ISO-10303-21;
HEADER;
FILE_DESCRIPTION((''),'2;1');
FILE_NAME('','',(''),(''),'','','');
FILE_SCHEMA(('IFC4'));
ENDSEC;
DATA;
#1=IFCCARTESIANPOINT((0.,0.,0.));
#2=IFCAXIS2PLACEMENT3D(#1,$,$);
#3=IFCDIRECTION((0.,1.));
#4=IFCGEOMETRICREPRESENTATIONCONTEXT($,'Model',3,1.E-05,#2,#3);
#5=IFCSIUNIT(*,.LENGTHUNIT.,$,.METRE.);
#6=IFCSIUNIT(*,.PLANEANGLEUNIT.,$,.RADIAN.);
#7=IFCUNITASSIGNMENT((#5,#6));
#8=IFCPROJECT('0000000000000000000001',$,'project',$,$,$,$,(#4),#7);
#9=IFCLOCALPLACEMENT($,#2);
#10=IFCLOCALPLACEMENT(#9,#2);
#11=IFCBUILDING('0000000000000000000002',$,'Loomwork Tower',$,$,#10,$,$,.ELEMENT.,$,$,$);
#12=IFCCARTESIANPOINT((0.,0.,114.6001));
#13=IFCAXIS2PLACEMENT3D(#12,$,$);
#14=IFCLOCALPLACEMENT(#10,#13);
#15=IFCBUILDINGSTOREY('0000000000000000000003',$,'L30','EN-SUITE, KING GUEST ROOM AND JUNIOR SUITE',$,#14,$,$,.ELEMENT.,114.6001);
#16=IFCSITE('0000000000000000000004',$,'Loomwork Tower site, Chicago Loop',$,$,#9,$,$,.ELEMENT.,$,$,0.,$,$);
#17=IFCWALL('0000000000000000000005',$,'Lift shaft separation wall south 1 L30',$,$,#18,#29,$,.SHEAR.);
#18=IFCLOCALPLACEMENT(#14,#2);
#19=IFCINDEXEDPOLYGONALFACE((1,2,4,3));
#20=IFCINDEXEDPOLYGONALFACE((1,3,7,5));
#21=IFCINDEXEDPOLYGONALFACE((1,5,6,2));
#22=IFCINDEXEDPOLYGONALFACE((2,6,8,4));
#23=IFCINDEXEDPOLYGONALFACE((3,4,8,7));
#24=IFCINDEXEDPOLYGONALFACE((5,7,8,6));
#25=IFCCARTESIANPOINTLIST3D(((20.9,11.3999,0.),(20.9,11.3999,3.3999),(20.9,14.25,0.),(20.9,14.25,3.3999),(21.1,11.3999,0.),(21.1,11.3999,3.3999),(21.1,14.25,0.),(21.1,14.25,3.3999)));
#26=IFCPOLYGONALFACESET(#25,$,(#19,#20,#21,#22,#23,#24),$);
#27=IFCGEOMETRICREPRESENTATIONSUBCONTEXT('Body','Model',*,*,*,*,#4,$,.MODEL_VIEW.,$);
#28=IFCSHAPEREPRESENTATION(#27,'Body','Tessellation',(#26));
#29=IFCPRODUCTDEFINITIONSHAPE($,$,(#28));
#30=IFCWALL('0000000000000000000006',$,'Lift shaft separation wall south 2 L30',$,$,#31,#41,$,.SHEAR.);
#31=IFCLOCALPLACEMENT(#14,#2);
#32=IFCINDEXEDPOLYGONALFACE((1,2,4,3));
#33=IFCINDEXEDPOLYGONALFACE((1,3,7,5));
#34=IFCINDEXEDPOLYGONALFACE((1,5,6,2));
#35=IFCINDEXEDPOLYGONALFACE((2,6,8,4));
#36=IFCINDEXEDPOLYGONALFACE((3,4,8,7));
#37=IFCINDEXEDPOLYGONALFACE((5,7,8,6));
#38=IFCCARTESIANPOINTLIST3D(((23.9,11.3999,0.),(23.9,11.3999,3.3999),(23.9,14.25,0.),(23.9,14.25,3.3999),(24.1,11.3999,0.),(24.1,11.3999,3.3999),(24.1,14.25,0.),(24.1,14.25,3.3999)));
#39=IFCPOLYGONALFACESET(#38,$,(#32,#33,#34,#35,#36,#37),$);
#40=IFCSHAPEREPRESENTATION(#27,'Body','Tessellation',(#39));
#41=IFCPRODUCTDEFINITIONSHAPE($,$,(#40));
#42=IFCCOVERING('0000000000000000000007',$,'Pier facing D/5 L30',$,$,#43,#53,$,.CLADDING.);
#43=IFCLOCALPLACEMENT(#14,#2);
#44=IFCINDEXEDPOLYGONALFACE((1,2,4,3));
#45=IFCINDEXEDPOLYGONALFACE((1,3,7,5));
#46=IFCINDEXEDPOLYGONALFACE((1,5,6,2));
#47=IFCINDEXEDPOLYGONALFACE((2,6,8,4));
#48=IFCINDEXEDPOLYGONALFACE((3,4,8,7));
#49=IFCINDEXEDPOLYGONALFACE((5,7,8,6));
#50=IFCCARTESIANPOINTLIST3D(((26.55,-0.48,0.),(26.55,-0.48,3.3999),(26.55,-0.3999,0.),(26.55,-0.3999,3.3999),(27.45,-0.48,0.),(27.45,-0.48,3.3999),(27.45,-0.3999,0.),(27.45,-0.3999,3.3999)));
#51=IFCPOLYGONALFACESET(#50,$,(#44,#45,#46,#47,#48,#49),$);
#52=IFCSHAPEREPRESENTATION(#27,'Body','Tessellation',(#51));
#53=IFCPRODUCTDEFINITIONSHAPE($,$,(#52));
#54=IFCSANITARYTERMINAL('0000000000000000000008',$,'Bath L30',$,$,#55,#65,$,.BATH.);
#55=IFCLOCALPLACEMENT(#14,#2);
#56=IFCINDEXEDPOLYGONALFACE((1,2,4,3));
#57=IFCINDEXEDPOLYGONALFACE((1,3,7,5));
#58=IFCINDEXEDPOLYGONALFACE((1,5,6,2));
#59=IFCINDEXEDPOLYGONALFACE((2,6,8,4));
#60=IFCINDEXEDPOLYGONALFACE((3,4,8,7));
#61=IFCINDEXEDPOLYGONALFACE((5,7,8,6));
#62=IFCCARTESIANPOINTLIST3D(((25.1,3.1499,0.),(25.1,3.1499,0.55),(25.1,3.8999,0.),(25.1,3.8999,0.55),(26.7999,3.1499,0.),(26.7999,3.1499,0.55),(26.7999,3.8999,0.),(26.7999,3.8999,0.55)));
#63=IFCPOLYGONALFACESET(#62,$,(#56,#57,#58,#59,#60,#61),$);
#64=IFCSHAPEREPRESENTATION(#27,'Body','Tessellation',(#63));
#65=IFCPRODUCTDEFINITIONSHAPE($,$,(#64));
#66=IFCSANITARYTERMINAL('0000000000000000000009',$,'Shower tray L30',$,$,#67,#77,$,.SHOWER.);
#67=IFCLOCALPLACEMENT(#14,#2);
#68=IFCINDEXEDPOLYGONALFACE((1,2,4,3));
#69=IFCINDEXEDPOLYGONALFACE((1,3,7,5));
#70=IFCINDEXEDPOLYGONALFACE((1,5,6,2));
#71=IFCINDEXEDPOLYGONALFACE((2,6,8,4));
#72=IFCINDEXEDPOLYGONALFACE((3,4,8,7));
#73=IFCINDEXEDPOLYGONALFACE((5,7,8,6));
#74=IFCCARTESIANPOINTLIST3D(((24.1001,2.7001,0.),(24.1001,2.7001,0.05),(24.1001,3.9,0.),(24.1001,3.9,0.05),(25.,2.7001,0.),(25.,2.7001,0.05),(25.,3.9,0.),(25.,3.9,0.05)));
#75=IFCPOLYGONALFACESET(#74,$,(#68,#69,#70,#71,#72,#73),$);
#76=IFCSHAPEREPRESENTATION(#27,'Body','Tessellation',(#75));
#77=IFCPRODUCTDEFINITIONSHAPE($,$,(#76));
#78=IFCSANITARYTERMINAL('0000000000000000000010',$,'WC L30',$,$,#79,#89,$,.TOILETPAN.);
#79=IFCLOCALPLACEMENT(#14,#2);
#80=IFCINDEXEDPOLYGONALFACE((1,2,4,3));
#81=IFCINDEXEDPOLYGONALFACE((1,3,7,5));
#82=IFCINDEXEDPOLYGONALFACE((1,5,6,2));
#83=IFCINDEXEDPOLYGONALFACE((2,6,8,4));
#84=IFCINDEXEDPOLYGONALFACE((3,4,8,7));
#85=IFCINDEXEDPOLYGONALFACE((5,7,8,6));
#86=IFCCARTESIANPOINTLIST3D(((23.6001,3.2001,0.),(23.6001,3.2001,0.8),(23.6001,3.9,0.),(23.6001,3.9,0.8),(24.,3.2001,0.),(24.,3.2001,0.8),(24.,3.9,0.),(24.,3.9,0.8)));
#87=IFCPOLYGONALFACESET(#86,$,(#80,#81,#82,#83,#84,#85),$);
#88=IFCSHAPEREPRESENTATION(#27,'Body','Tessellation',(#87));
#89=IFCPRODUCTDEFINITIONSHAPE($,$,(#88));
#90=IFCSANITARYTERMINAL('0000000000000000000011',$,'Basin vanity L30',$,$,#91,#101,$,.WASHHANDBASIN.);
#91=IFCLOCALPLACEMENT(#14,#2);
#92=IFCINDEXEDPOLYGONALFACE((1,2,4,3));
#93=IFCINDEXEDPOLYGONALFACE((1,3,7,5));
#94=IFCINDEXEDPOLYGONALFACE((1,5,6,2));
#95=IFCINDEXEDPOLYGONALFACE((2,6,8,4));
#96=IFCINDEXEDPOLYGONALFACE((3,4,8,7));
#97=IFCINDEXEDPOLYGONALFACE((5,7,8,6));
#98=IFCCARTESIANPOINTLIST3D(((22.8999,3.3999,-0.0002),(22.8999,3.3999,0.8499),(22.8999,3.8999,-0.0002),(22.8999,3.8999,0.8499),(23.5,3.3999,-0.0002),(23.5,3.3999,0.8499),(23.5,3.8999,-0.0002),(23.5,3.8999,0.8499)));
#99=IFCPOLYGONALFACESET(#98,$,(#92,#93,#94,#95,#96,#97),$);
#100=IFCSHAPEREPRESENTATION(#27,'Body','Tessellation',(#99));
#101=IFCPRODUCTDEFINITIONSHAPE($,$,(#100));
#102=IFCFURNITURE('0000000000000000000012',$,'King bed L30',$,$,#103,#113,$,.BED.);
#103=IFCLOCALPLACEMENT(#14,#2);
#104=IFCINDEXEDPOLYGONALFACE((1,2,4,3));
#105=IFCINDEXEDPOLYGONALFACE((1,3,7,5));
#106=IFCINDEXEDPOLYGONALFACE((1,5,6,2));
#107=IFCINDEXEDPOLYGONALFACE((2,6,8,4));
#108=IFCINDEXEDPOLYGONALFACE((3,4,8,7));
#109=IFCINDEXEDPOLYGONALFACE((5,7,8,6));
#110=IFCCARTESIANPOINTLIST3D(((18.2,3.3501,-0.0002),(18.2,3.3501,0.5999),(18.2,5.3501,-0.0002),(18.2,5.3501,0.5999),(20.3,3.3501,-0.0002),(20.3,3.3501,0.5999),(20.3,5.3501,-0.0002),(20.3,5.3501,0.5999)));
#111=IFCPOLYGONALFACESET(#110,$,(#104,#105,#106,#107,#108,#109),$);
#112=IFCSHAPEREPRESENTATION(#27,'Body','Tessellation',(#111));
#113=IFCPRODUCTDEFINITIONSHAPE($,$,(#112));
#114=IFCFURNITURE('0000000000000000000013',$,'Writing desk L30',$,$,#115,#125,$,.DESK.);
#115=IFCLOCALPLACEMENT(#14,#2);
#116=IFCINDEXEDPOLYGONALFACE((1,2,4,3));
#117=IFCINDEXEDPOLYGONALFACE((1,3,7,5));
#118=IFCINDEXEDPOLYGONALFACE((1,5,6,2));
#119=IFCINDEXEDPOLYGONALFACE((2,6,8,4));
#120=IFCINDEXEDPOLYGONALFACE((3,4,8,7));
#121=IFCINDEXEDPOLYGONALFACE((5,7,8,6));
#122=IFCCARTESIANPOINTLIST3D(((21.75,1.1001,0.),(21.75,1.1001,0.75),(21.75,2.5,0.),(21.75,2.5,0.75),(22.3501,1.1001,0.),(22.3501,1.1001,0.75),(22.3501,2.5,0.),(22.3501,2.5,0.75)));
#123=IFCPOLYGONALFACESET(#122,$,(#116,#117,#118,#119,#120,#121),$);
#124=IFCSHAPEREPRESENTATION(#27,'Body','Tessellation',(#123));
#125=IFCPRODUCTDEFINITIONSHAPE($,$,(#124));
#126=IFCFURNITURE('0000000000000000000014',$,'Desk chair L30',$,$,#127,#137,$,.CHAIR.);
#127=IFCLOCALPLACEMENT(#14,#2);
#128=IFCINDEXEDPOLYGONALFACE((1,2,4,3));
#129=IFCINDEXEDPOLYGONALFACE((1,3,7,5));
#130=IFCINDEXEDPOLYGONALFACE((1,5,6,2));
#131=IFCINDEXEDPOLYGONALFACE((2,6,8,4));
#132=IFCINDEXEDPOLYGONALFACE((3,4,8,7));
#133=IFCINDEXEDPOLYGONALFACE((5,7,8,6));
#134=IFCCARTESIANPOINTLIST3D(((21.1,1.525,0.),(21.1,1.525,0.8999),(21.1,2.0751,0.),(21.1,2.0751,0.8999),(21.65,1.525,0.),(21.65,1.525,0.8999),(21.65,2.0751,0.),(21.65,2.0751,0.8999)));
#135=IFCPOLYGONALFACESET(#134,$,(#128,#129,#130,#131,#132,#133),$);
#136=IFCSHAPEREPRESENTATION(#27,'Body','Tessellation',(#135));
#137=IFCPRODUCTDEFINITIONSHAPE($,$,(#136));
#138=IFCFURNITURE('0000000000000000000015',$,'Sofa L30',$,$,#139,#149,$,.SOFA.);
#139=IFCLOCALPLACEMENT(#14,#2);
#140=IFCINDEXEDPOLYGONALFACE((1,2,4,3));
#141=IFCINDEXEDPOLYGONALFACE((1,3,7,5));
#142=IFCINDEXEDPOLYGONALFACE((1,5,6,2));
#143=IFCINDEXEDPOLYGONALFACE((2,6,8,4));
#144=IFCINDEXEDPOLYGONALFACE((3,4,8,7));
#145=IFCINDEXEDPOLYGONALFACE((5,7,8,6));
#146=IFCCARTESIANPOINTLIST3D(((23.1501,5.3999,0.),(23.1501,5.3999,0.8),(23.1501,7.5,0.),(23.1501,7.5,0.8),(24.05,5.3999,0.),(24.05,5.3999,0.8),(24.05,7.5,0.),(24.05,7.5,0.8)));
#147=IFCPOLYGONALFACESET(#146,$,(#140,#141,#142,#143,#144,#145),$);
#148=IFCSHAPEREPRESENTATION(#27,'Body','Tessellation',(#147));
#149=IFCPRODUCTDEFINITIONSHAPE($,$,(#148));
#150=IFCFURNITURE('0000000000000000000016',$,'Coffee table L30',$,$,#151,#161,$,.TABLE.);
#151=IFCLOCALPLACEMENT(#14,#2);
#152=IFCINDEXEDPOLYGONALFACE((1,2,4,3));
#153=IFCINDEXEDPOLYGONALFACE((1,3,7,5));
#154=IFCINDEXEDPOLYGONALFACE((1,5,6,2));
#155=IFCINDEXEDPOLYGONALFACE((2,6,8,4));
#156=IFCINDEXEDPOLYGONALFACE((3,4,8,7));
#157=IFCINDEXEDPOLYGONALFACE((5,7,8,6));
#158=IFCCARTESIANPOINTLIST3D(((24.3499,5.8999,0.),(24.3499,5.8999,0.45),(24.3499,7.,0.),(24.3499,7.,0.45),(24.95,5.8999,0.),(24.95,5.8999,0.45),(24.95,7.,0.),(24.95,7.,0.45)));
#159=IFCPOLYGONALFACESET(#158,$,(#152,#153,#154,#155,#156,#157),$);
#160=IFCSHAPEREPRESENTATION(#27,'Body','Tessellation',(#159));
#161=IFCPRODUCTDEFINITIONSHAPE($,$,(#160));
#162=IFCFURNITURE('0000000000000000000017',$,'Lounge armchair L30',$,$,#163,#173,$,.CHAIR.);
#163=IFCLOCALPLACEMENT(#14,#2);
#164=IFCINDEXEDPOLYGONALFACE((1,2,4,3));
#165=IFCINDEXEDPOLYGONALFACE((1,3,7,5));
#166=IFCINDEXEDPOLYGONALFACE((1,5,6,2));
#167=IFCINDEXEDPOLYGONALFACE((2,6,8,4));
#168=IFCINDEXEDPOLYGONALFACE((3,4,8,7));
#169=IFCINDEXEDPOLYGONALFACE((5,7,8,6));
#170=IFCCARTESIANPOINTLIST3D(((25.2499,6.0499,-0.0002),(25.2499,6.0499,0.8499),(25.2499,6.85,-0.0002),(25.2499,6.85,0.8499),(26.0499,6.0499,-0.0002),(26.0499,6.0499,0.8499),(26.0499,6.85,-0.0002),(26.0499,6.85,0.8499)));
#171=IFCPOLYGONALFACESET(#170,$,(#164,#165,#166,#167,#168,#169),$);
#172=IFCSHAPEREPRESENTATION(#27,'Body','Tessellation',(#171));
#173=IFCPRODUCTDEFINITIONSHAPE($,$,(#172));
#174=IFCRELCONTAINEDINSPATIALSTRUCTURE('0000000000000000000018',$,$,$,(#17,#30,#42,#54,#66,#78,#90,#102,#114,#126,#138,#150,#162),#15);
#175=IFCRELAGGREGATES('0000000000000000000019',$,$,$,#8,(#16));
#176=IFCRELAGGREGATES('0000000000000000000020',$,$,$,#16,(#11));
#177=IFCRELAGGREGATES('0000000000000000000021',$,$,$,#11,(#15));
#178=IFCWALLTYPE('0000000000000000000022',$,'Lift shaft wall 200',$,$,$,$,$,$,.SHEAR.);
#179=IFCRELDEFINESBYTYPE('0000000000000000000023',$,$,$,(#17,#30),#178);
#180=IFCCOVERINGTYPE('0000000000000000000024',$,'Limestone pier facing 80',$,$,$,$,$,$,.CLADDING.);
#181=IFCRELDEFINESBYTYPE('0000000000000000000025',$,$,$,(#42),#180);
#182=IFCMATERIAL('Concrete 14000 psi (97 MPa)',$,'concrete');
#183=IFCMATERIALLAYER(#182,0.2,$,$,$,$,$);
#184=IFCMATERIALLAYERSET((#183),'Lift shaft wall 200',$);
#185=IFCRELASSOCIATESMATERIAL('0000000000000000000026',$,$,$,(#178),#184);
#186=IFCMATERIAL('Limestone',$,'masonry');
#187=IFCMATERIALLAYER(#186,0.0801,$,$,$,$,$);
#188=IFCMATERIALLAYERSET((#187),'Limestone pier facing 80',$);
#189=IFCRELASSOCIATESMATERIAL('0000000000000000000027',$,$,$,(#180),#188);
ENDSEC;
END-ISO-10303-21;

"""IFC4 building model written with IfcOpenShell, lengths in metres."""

from ifc_helpers import new_model, si_unit, direction, frame, frame_2d, origin, origin_2d, place, context, subcontext, project, spatial, rectangle, extrude, material, layer, layer_set, type_object, element, save


model = new_model("IFC4")

# Units and contexts
model_context = context("Model", 3, precision=1e-05, world=origin(), true_north=direction((0.0, 1.0)))
body_context = subcontext(model_context, "Body", "Model", "MODEL_VIEW")
ifc_project = project(units=[si_unit("LENGTHUNIT", "METRE"), si_unit("PLANEANGLEUNIT", "RADIAN")], contexts=[model_context])

# Site, building, storey
site_placement = place(None, origin())
site = spatial("IfcSite", under=ifc_project, at=site_placement, Name="Loomwork Tower site, Chicago Loop", CompositionType="ELEMENT", RefElevation=0.0)
building_placement = place(site_placement, origin())
building = spatial("IfcBuilding", under=site, at=building_placement, Name="Loomwork Tower", CompositionType="ELEMENT")
storey_placement = place(building_placement, frame((0.0, 0.0, 114.6001)))
storey = spatial("IfcBuildingStorey", under=building, at=storey_placement, Name="L30", Description="EN-SUITE, KING GUEST ROOM AND JUNIOR SUITE", CompositionType="ELEMENT", Elevation=114.6001)

# Walls
ifc_material_1 = material(Name="Concrete 14000 psi (97 MPa)", Category="concrete")
ifc_layer_1 = layer(ifc_material_1, 0.2)
ifc_layer_set_1 = layer_set([ifc_layer_1], Name="Lift shaft wall 200")
wall_type_1 = type_object("IfcWallType", Name="Lift shaft wall 200", PredefinedType="SHEAR", material=ifc_layer_set_1)
for number, where, z_axis, x_axis, name in (
    (1, (21.0, 11.3999, 0.0), (0.0, 0.0, 1.0), (0.0, 1.0, 0.0), "Lift shaft separation wall south 1 L30"),
    (2, (24.0, 11.3999, 0.0), (0.0, 0.0, 1.0), (0.0, 1.0, 0.0), "Lift shaft separation wall south 2 L30"),
):
    element("IfcWall", number, at=place(storey_placement, frame(where, z_axis=z_axis, x_axis=x_axis)), inside=storey, type_object=wall_type_1, Name=name, PredefinedType="SHEAR", context=body_context, shape_type="SweptSolid", body=[
        extrude(rectangle(XDim=2.8501, YDim=0.2, at=frame_2d((1.425, 0.0))), origin(), (0.0, 0.0, 1.0), 3.3999),
    ])

# Covering
ifc_material_2 = material(Name="Limestone", Category="masonry")
ifc_layer_2 = layer(ifc_material_2, 0.0801)
ifc_layer_set_2 = layer_set([ifc_layer_2], Name="Limestone pier facing 80")
covering_type = type_object("IfcCoveringType", Name="Limestone pier facing 80", PredefinedType="CLADDING", material=ifc_layer_set_2)
covering_placement = place(storey_placement, frame((27.0, -0.4399, 0.0), z_axis=(0.0, 0.0, 1.0), x_axis=(1.0, 0.0, 0.0)))
element("IfcCovering", 3, at=covering_placement, inside=storey, type_object=covering_type, Name="Pier facing D/5 L30", PredefinedType="CLADDING", context=body_context, shape_type="SweptSolid", body=[
    extrude(rectangle(XDim=0.8999, YDim=0.0801, at=origin_2d()), origin(), (0.0, 0.0, 1.0), 3.3999),
])

# Sanitary terminals
sanitary_terminal_1_placement = place(storey_placement, frame((25.95, 3.5249, 0.0), z_axis=(0.0, 0.0, 1.0), x_axis=(1.0, 0.0, 0.0)))
element("IfcSanitaryTerminal", 4, at=sanitary_terminal_1_placement, inside=storey, Name="Bath L30", PredefinedType="BATH", context=body_context, shape_type="SweptSolid", body=[
    extrude(rectangle(XDim=1.7, YDim=0.75, at=origin_2d()), origin(), (0.0, 0.0, 1.0), 0.55),
])
sanitary_terminal_2_placement = place(storey_placement, frame((24.55, 3.3, 0.0), z_axis=(0.0, 0.0, 1.0), x_axis=(1.0, 0.0, 0.0)))
element("IfcSanitaryTerminal", 5, at=sanitary_terminal_2_placement, inside=storey, Name="Shower tray L30", PredefinedType="SHOWER", context=body_context, shape_type="SweptSolid", body=[
    extrude(rectangle(XDim=0.8999, YDim=1.2, at=origin_2d()), origin(), (0.0, 0.0, 1.0), 0.05),
])
sanitary_terminal_3_placement = place(storey_placement, frame((23.8, 3.55, 0.0), z_axis=(0.0, 0.0, 1.0), x_axis=(1.0, 0.0, 0.0)))
element("IfcSanitaryTerminal", 6, at=sanitary_terminal_3_placement, inside=storey, Name="WC L30", PredefinedType="TOILETPAN", context=body_context, shape_type="SweptSolid", body=[
    extrude(rectangle(XDim=0.3999, YDim=0.7, at=origin_2d()), origin(), (0.0, 0.0, 1.0), 0.8),
])
sanitary_terminal_4_placement = place(storey_placement, frame((23.2, 3.6499, -0.0002), z_axis=(0.0, 0.0, 1.0), x_axis=(1.0, 0.0, 0.0)))
element("IfcSanitaryTerminal", 7, at=sanitary_terminal_4_placement, inside=storey, Name="Basin vanity L30", PredefinedType="WASHHANDBASIN", context=body_context, shape_type="SweptSolid", body=[
    extrude(rectangle(XDim=0.6001, YDim=0.5, at=origin_2d()), origin(), (0.0, 0.0, 1.0), 0.8501),
])

# Furniture
furniture_1_placement = place(storey_placement, frame((19.25, 4.3501, -0.0002), z_axis=(0.0, 0.0, 1.0), x_axis=(1.0, 0.0, 0.0)))
element("IfcFurniture", 8, at=furniture_1_placement, inside=storey, Name="King bed L30", PredefinedType="BED", context=body_context, shape_type="SweptSolid", body=[
    extrude(rectangle(XDim=2.1001, YDim=2.0, at=origin_2d()), origin(), (0.0, 0.0, 1.0), 0.6001),
])
furniture_2_placement = place(storey_placement, frame((22.05, 1.8, 0.0), z_axis=(0.0, 0.0, 1.0), x_axis=(1.0, 0.0, 0.0)))
element("IfcFurniture", 9, at=furniture_2_placement, inside=storey, Name="Writing desk L30", PredefinedType="DESK", context=body_context, shape_type="SweptSolid", body=[
    extrude(rectangle(XDim=0.6001, YDim=1.3999, at=origin_2d()), origin(), (0.0, 0.0, 1.0), 0.75),
])
furniture_3_placement = place(storey_placement, frame((21.375, 1.8, 0.0), z_axis=(0.0, 0.0, 1.0), x_axis=(1.0, 0.0, 0.0)))
element("IfcFurniture", 10, at=furniture_3_placement, inside=storey, Name="Desk chair L30", PredefinedType="CHAIR", context=body_context, shape_type="SweptSolid", body=[
    extrude(rectangle(XDim=0.55, YDim=0.55, at=origin_2d()), origin(), (0.0, 0.0, 1.0), 0.8999),
])
furniture_4_placement = place(storey_placement, frame((23.6001, 6.45, 0.0), z_axis=(0.0, 0.0, 1.0), x_axis=(1.0, 0.0, 0.0)))
element("IfcFurniture", 11, at=furniture_4_placement, inside=storey, Name="Sofa L30", PredefinedType="SOFA", context=body_context, shape_type="SweptSolid", body=[
    extrude(rectangle(XDim=0.8999, YDim=2.1001, at=origin_2d()), origin(), (0.0, 0.0, 1.0), 0.8),
])
furniture_5_placement = place(storey_placement, frame((24.6499, 6.45, 0.0), z_axis=(0.0, 0.0, 1.0), x_axis=(1.0, 0.0, 0.0)))
element("IfcFurniture", 12, at=furniture_5_placement, inside=storey, Name="Coffee table L30", PredefinedType="TABLE", context=body_context, shape_type="SweptSolid", body=[
    extrude(rectangle(XDim=0.6001, YDim=1.1001, at=origin_2d()), origin(), (0.0, 0.0, 1.0), 0.45),
])
furniture_6_placement = place(storey_placement, frame((25.6499, 6.45, -0.0002), z_axis=(0.0, 0.0, 1.0), x_axis=(1.0, 0.0, 0.0)))
element("IfcFurniture", 13, at=furniture_6_placement, inside=storey, Name="Lounge armchair L30", PredefinedType="CHAIR", context=body_context, shape_type="SweptSolid", body=[
    extrude(rectangle(XDim=0.8, YDim=0.8, at=origin_2d()), origin(), (0.0, 0.0, 1.0), 0.8501),
])

save(model, "model.ifc")
